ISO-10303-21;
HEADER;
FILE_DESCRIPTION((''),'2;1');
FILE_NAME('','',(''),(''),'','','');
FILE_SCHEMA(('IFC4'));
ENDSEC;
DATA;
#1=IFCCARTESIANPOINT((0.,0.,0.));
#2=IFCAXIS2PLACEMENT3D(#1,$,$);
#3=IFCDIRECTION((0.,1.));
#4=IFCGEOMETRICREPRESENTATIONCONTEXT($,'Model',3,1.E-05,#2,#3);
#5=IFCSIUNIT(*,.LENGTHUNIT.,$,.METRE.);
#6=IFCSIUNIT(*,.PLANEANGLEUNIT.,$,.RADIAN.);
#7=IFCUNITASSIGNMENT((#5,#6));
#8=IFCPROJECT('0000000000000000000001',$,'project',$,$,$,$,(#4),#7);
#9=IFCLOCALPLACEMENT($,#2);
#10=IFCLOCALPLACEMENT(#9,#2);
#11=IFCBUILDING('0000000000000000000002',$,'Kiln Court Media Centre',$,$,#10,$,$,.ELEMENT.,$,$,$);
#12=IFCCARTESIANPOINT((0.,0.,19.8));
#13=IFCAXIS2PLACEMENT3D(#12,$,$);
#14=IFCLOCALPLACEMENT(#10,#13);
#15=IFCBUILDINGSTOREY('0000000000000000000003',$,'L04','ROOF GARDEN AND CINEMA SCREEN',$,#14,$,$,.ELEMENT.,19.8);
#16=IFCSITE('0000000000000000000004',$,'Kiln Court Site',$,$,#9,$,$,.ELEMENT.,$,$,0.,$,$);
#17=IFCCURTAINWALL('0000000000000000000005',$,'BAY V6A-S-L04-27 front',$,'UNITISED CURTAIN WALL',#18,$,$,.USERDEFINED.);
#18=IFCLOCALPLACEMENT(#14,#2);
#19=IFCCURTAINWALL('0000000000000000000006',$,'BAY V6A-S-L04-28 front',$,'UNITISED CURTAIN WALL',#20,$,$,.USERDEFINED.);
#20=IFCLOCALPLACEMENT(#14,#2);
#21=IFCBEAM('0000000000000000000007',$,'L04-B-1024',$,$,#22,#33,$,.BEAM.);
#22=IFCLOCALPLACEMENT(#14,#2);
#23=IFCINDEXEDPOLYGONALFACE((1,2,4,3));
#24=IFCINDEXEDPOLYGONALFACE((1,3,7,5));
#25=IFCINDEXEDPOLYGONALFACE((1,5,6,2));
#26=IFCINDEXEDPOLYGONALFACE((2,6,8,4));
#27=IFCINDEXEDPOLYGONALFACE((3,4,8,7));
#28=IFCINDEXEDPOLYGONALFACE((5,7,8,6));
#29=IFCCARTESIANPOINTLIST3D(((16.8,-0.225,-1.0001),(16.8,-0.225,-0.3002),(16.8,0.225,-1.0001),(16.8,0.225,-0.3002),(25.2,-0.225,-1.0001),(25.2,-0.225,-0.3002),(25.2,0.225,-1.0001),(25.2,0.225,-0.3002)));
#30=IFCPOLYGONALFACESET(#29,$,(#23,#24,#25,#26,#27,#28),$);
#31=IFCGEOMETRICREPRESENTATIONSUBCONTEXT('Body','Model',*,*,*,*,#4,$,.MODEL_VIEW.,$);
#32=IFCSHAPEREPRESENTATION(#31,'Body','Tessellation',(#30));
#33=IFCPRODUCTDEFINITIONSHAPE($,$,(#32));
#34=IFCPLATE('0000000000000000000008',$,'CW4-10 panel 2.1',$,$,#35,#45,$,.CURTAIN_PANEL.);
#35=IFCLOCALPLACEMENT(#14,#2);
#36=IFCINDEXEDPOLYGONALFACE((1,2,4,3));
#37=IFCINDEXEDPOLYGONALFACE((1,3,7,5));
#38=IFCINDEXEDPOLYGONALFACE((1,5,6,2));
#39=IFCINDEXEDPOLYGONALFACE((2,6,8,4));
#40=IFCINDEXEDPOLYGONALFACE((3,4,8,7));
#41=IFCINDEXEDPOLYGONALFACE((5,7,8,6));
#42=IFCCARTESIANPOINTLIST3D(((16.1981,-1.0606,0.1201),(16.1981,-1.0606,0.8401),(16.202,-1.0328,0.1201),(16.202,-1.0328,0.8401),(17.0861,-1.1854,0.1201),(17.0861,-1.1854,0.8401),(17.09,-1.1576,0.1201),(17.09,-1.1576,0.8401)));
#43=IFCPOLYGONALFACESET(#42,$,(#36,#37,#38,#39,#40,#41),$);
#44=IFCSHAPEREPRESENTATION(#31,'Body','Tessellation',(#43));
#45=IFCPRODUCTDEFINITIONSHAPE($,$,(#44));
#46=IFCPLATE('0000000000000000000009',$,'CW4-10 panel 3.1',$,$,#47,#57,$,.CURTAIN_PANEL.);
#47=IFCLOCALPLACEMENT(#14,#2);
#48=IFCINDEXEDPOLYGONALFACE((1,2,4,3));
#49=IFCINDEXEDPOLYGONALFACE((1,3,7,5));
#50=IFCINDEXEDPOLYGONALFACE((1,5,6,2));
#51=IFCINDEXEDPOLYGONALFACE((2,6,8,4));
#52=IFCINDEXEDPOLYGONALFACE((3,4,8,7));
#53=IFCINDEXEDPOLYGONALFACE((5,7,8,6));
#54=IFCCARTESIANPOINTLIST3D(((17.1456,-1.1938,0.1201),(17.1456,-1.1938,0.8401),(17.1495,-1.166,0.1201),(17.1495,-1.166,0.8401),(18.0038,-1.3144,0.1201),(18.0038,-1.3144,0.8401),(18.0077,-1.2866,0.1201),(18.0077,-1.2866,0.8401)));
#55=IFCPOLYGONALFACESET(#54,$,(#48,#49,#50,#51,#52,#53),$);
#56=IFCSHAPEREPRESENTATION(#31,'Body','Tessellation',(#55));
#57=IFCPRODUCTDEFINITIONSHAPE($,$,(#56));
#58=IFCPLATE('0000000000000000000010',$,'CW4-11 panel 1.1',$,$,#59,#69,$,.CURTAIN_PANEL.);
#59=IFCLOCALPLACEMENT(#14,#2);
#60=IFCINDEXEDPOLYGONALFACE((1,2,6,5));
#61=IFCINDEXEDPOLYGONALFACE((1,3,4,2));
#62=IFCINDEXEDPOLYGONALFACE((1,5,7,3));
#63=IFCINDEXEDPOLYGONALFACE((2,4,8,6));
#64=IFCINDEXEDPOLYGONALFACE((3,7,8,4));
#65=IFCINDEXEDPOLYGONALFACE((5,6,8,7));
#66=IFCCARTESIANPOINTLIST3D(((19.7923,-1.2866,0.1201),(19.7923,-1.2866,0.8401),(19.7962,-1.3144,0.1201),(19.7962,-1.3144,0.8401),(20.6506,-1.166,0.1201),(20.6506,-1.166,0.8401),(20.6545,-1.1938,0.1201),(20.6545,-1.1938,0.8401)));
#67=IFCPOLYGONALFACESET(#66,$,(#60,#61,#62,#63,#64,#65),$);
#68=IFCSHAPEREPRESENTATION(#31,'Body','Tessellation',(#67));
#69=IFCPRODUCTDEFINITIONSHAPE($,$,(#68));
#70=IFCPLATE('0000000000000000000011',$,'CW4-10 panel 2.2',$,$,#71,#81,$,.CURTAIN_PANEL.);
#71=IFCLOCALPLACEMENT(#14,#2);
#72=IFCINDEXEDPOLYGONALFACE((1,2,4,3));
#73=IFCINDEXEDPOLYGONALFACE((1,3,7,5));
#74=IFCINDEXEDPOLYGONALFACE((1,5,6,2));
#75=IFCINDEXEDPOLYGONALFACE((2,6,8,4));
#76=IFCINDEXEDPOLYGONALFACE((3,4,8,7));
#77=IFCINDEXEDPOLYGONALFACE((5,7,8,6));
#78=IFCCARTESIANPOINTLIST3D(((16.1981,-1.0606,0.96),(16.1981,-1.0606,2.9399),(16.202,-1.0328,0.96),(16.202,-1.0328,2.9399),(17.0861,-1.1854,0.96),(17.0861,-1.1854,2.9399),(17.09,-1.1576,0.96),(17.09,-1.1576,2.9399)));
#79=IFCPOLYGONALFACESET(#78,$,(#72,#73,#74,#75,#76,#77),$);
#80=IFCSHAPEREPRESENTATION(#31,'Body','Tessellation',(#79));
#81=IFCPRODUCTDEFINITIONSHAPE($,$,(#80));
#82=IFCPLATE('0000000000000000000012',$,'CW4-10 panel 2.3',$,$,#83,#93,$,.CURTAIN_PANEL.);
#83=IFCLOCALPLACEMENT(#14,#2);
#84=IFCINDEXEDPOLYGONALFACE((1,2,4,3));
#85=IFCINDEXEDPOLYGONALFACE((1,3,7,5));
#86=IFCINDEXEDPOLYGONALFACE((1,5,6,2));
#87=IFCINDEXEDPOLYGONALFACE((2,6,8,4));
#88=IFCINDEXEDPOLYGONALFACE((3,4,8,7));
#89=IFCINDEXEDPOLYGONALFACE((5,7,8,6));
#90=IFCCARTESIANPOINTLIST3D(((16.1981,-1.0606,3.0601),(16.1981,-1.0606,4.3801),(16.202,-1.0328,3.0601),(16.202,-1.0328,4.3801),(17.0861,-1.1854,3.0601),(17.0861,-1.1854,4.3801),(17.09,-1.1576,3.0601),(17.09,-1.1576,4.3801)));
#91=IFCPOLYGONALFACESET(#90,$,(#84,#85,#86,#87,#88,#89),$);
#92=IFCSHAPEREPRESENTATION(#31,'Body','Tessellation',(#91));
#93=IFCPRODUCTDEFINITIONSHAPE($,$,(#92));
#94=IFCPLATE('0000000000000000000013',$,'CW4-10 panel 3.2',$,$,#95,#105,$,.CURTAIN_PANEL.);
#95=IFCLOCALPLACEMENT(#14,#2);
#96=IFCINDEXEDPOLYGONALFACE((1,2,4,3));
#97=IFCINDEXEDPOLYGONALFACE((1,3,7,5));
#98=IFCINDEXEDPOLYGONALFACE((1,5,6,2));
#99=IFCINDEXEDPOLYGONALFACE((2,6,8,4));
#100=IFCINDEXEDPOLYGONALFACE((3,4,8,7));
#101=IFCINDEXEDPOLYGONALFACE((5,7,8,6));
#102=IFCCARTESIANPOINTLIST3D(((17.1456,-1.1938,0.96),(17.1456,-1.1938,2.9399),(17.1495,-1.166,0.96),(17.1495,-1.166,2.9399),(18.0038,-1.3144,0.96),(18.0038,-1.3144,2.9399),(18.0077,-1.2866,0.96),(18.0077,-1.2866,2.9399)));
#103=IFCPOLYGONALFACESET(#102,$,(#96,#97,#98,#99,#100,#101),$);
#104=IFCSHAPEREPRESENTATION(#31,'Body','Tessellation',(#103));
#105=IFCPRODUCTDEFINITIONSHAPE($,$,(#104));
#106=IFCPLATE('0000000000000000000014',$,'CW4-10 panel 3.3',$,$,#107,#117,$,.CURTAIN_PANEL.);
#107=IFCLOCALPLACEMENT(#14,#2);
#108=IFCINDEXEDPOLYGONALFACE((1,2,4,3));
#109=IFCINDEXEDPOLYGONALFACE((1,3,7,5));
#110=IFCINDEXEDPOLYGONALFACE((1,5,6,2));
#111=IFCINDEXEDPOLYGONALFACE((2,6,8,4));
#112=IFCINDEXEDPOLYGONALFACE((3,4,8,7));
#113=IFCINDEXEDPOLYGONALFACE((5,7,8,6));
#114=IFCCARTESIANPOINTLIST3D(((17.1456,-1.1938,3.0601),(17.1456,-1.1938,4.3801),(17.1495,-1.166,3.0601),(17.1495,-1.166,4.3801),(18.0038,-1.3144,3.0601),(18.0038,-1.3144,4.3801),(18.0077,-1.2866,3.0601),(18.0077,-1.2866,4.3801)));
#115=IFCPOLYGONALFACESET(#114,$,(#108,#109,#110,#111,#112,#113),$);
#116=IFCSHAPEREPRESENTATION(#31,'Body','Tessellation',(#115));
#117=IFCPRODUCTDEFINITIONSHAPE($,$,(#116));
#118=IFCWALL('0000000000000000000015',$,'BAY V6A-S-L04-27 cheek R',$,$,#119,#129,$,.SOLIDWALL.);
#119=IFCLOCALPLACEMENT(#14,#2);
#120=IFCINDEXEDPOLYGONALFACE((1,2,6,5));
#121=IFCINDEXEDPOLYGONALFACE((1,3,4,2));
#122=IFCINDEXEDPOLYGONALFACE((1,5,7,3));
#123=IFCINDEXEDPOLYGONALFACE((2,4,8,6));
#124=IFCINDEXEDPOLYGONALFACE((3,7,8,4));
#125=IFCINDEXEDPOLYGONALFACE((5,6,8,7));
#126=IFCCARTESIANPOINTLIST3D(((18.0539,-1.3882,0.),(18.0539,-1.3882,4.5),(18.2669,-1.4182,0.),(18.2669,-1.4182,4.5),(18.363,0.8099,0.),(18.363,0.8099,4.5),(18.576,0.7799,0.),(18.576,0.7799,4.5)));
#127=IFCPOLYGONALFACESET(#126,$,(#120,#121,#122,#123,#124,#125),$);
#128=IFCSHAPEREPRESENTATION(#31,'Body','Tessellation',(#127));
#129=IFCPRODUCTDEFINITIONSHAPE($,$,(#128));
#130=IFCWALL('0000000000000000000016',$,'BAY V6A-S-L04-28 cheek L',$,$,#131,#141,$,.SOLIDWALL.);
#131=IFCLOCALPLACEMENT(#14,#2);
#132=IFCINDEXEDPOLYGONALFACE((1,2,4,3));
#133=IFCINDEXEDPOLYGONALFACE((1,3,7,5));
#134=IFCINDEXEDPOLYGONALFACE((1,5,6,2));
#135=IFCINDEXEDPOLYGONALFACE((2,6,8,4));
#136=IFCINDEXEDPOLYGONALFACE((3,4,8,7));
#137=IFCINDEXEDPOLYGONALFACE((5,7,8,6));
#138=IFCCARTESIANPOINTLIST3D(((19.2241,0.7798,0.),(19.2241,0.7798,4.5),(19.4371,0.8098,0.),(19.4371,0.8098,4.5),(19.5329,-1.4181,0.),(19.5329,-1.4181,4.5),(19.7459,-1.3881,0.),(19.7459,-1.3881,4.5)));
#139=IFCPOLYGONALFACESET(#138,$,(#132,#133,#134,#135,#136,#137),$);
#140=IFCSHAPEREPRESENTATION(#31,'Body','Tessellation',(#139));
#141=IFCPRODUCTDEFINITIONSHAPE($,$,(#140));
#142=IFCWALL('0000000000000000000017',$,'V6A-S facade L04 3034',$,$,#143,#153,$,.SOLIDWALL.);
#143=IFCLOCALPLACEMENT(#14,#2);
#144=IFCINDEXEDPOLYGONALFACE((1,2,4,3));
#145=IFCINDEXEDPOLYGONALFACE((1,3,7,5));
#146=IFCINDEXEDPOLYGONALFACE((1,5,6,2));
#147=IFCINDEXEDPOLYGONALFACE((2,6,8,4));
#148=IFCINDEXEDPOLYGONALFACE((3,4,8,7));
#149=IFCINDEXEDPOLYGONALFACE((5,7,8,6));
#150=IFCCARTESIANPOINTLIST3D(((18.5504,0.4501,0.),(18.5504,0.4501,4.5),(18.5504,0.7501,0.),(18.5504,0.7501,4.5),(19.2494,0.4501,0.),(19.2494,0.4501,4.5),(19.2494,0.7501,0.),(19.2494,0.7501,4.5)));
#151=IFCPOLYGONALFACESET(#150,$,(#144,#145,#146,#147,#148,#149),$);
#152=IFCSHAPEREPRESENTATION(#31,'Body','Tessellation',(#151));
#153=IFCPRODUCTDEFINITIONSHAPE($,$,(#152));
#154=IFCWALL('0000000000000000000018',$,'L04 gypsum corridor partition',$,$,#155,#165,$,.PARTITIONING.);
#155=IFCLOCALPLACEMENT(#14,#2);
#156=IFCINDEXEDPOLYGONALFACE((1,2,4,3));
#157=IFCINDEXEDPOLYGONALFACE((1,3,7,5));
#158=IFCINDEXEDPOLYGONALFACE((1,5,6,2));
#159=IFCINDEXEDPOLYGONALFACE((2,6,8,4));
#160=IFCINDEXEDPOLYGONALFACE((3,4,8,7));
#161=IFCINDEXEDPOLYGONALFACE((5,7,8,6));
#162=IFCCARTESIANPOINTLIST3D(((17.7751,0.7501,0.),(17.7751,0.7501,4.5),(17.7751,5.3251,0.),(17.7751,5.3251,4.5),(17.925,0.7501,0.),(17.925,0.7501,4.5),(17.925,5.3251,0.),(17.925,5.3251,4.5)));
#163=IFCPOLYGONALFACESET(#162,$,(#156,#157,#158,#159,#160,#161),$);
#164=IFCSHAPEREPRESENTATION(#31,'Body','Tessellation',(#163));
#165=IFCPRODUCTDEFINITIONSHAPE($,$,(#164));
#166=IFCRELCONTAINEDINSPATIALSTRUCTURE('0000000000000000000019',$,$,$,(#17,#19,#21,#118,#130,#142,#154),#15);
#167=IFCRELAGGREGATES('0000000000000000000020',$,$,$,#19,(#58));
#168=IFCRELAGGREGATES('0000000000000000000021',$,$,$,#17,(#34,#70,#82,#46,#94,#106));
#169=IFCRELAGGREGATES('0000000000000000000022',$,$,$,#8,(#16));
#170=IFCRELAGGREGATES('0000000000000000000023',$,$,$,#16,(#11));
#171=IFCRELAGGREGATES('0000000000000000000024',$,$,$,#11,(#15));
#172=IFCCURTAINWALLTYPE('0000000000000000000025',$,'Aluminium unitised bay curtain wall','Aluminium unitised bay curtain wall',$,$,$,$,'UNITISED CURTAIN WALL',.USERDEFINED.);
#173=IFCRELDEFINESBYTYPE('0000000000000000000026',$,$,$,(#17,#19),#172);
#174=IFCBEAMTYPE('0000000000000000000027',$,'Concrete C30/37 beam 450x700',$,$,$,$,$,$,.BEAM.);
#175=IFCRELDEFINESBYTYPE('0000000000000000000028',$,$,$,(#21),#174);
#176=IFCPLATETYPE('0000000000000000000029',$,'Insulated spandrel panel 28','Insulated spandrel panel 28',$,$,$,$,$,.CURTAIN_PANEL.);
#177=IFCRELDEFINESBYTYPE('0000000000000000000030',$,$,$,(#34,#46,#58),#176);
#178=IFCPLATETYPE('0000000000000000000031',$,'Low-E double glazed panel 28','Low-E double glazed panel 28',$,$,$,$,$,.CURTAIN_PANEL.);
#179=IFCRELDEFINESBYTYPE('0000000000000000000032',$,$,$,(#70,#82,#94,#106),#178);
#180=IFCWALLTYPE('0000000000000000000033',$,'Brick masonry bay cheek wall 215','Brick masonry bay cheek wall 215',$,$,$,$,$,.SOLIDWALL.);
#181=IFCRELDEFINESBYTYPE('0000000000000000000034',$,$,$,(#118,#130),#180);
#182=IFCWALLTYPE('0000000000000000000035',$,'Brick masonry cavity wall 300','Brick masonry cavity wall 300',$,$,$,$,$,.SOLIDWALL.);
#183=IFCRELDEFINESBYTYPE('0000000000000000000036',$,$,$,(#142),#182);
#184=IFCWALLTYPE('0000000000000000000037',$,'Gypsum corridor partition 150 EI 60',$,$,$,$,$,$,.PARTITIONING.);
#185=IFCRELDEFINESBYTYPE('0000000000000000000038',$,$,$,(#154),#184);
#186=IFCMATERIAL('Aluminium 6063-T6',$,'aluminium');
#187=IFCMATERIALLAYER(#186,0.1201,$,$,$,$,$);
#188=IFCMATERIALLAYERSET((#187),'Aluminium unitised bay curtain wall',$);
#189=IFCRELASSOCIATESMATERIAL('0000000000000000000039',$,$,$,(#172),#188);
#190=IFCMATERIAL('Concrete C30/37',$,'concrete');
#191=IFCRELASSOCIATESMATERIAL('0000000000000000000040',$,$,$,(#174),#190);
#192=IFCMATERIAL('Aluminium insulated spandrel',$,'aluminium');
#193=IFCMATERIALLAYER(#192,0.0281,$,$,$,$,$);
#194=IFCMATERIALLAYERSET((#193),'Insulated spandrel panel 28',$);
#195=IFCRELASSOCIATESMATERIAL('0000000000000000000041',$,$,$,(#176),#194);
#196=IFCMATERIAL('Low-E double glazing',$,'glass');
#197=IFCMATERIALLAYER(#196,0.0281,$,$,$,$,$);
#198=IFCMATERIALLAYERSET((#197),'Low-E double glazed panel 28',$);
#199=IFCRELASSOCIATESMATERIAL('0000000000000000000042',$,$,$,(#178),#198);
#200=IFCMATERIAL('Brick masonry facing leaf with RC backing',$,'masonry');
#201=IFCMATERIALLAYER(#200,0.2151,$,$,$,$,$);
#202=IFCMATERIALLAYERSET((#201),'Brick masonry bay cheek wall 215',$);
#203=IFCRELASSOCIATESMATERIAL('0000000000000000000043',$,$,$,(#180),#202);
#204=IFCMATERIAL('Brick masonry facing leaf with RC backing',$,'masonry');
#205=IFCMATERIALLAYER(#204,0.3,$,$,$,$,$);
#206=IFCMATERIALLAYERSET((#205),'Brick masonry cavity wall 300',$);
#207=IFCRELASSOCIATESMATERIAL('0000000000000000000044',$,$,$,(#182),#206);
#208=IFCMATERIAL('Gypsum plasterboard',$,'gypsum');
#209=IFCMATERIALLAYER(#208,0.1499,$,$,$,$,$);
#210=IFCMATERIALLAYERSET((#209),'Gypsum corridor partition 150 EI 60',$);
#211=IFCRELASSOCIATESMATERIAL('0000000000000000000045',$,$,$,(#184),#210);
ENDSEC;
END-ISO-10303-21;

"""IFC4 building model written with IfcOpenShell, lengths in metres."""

from ifc_helpers import new_model, si_unit, direction, frame, frame_2d, origin, origin_2d, place, context, subcontext, project, spatial, rectangle, extrude, material, layer, layer_set, material_profile, profile_set, type_object, element, aggregate, save


model = new_model("IFC4")

# Units and contexts
model_context = context("Model", 3, precision=1e-05, world=origin(), true_north=direction((0.0, 1.0)))
body_context = subcontext(model_context, "Body", "Model", "MODEL_VIEW")
ifc_project = project(units=[si_unit("LENGTHUNIT", "METRE"), si_unit("PLANEANGLEUNIT", "RADIAN")], contexts=[model_context])

# Site, building, storey
site_placement = place(None, origin())
site = spatial("IfcSite", under=ifc_project, at=site_placement, Name="Kiln Court Site", CompositionType="ELEMENT", RefElevation=0.0)
building_placement = place(site_placement, origin())
building = spatial("IfcBuilding", under=site, at=building_placement, Name="Kiln Court Media Centre", CompositionType="ELEMENT")
storey_placement = place(building_placement, frame((0.0, 0.0, 19.8)))
storey = spatial("IfcBuildingStorey", under=building, at=storey_placement, Name="L04", Description="ROOF GARDEN AND CINEMA SCREEN", CompositionType="ELEMENT", Elevation=19.8)

# Curtain wall
ifc_material_1 = material(Name="Aluminium 6063-T6", Category="aluminium")
ifc_layer_1 = layer(ifc_material_1, 0.1201)
ifc_layer_set_1 = layer_set([ifc_layer_1], Name="Aluminium unitised bay curtain wall")
curtain_wall_type = type_object("IfcCurtainWallType", Name="Aluminium unitised bay curtain wall", Description="Aluminium unitised bay curtain wall", ElementType="UNITISED CURTAIN WALL", PredefinedType="USERDEFINED", material=ifc_layer_set_1)
curtain_wall_1_placement = place(storey_placement, origin())
curtain_wall_1 = element("IfcCurtainWall", 1, at=curtain_wall_1_placement, inside=storey, type_object=curtain_wall_type, Name="BAY V6A-S-L04-27 front", ObjectType="UNITISED CURTAIN WALL", PredefinedType="USERDEFINED")

# Curtain wall
curtain_wall_2_placement = place(storey_placement, origin())
curtain_wall_2 = element("IfcCurtainWall", 2, at=curtain_wall_2_placement, inside=storey, type_object=curtain_wall_type, Name="BAY V6A-S-L04-28 front", ObjectType="UNITISED CURTAIN WALL", PredefinedType="USERDEFINED")

# Beam
ifc_material_2 = material(Name="Concrete C30/37", Category="concrete")
ifc_material_profile_1 = material_profile(ifc_material_2, rectangle(XDim=0.45, YDim=0.7, at=origin_2d()), Name="RC 450x700")
ifc_profile_set_1 = profile_set([ifc_material_profile_1], Name="Concrete C30/37")
beam_type = type_object("IfcBeamType", Name="Concrete C30/37 beam 450x700", PredefinedType="BEAM", material=ifc_profile_set_1)
for number, where, z_axis, x_axis, name in (
    (3, (16.8, 0.0, -0.6501), (1.0, 0.0, 0.0), (0.0, 1.0, 0.0), "L04-B-1024"),
):
    element("IfcBeam", number, at=place(storey_placement, frame(where, z_axis=z_axis, x_axis=x_axis)), inside=storey, type_object=beam_type, Name=name, PredefinedType="BEAM", context=body_context, shape_type="SweptSolid", body=[
        extrude(rectangle(XDim=0.45, YDim=0.7, at=origin_2d()), origin(), (0.0, 0.0, 1.0), 8.3999),
    ])

# Plates
ifc_material_3 = material(Name="Aluminium insulated spandrel", Category="aluminium")
ifc_layer_2 = layer(ifc_material_3, 0.0281)
ifc_layer_set_2 = layer_set([ifc_layer_2], Name="Insulated spandrel panel 28")
plate_type_1 = type_object("IfcPlateType", Name="Insulated spandrel panel 28", Description="Insulated spandrel panel 28", PredefinedType="CURTAIN_PANEL", material=ifc_layer_set_2)
plate_1_placement = place(storey_placement, frame((16.644, -1.1091, 0.1201), z_axis=(0.0, 0.0, 1.0), x_axis=(0.99027, -0.139162, 0.0)))
plate_1 = element("IfcPlate", 4, at=plate_1_placement, type_object=plate_type_1, Name="CW4-10 panel 2.1", PredefinedType="CURTAIN_PANEL", context=body_context, shape_type="SweptSolid", body=[
    extrude(rectangle(XDim=0.8967, YDim=0.0281, at=origin_2d()), origin(), (0.0, 0.0, 1.0), 0.72),
])
plate_2_placement = place(storey_placement, frame((17.5767, -1.2402, 0.1201), z_axis=(0.0, 0.0, 1.0), x_axis=(0.99027, -0.139162, 0.0)))
plate_2 = element("IfcPlate", 5, at=plate_2_placement, type_object=plate_type_1, Name="CW4-10 panel 3.1", PredefinedType="CURTAIN_PANEL", context=body_context, shape_type="SweptSolid", body=[
    extrude(rectangle(XDim=0.8667, YDim=0.0281, at=origin_2d()), origin(), (0.0, 0.0, 1.0), 0.72),
])
plate_3_placement = place(storey_placement, frame((20.2234, -1.2402, 0.1201), z_axis=(0.0, 0.0, 1.0), x_axis=(0.99027, 0.139162, 0.0)))
plate_3 = element("IfcPlate", 6, at=plate_3_placement, type_object=plate_type_1, Name="CW4-11 panel 1.1", PredefinedType="CURTAIN_PANEL", context=body_context, shape_type="SweptSolid", body=[
    extrude(rectangle(XDim=0.8667, YDim=0.0281, at=origin_2d()), origin(), (0.0, 0.0, 1.0), 0.72),
])
aggregate(curtain_wall_2, [plate_3])
ifc_material_4 = material(Name="Low-E double glazing", Category="glass")
ifc_layer_3 = layer(ifc_material_4, 0.0281)
ifc_layer_set_3 = layer_set([ifc_layer_3], Name="Low-E double glazed panel 28")
plate_type_2 = type_object("IfcPlateType", Name="Low-E double glazed panel 28", Description="Low-E double glazed panel 28", PredefinedType="CURTAIN_PANEL", material=ifc_layer_set_3)
plate_4_placement = place(storey_placement, frame((16.644, -1.1091, 0.96), z_axis=(0.0, 0.0, 1.0), x_axis=(0.99027, -0.139162, 0.0)))
plate_4 = element("IfcPlate", 7, at=plate_4_placement, type_object=plate_type_2, Name="CW4-10 panel 2.2", PredefinedType="CURTAIN_PANEL", context=body_context, shape_type="SweptSolid", body=[
    extrude(rectangle(XDim=0.8967, YDim=0.0281, at=origin_2d()), origin(), (0.0, 0.0, 1.0), 1.98),
])
plate_5_placement = place(storey_placement, frame((16.644, -1.1091, 3.0601), z_axis=(0.0, 0.0, 1.0), x_axis=(0.99027, -0.139162, 0.0)))
plate_5 = element("IfcPlate", 8, at=plate_5_placement, type_object=plate_type_2, Name="CW4-10 panel 2.3", PredefinedType="CURTAIN_PANEL", context=body_context, shape_type="SweptSolid", body=[
    extrude(rectangle(XDim=0.8967, YDim=0.0281, at=origin_2d()), origin(), (0.0, 0.0, 1.0), 1.3201),
])
plate_6_placement = place(storey_placement, frame((17.5767, -1.2402, 0.96), z_axis=(0.0, 0.0, 1.0), x_axis=(0.99027, -0.139162, 0.0)))
plate_6 = element("IfcPlate", 9, at=plate_6_placement, type_object=plate_type_2, Name="CW4-10 panel 3.2", PredefinedType="CURTAIN_PANEL", context=body_context, shape_type="SweptSolid", body=[
    extrude(rectangle(XDim=0.8667, YDim=0.0281, at=origin_2d()), origin(), (0.0, 0.0, 1.0), 1.98),
])
plate_7_placement = place(storey_placement, frame((17.5767, -1.2402, 3.0601), z_axis=(0.0, 0.0, 1.0), x_axis=(0.99027, -0.139162, 0.0)))
plate_7 = element("IfcPlate", 10, at=plate_7_placement, type_object=plate_type_2, Name="CW4-10 panel 3.3", PredefinedType="CURTAIN_PANEL", context=body_context, shape_type="SweptSolid", body=[
    extrude(rectangle(XDim=0.8667, YDim=0.0281, at=origin_2d()), origin(), (0.0, 0.0, 1.0), 1.3201),
])
aggregate(curtain_wall_1, [plate_1, plate_4, plate_5, plate_2, plate_6, plate_7])

# Walls
ifc_material_5 = material(Name="Brick masonry facing leaf with RC backing", Category="masonry")
ifc_layer_4 = layer(ifc_material_5, 0.2151)
ifc_layer_set_4 = layer_set([ifc_layer_4], Name="Brick masonry bay cheek wall 215")
wall_type_1 = type_object("IfcWallType", Name="Brick masonry bay cheek wall 215", Description="Brick masonry bay cheek wall 215", PredefinedType="SOLIDWALL", material=ifc_layer_set_4)
wall_1_placement = place(storey_placement, frame((18.4695, 0.7949, 0.0), z_axis=(0.0, 0.0, 1.0), x_axis=(-0.13925, -0.990257, 0.0)))
element("IfcWall", 11, at=wall_1_placement, inside=storey, type_object=wall_type_1, Name="BAY V6A-S-L04-27 cheek R", PredefinedType="SOLIDWALL", context=body_context, shape_type="SweptSolid", body=[
    extrude(rectangle(XDim=2.2197, YDim=0.2151, at=frame_2d((1.1099, 0.0))), origin(), (0.0, 0.0, 1.0), 4.5),
])
wall_2_placement = place(storey_placement, frame((19.3306, 0.7949, 0.0), z_axis=(0.0, 0.0, 1.0), x_axis=(0.139142, -0.990272, 0.0)))
element("IfcWall", 12, at=wall_2_placement, inside=storey, type_object=wall_type_1, Name="BAY V6A-S-L04-28 cheek L", PredefinedType="SOLIDWALL", context=body_context, shape_type="SweptSolid", body=[
    extrude(rectangle(XDim=2.2195, YDim=0.2151, at=frame_2d((1.1099, 0.0))), origin(), (0.0, 0.0, 1.0), 4.5),
])
ifc_material_6 = material(Name="Brick masonry facing leaf with RC backing", Category="masonry")
ifc_layer_5 = layer(ifc_material_6, 0.3)
ifc_layer_set_5 = layer_set([ifc_layer_5], Name="Brick masonry cavity wall 300")
wall_type_2 = type_object("IfcWallType", Name="Brick masonry cavity wall 300", Description="Brick masonry cavity wall 300", PredefinedType="SOLIDWALL", material=ifc_layer_set_5)
wall_3_placement = place(storey_placement, frame((19.2495, 0.6001, 0.0), z_axis=(0.0, 0.0, 1.0), x_axis=(-1.0, 0.0, 0.0)))
element("IfcWall", 13, at=wall_3_placement, inside=storey, type_object=wall_type_2, Name="V6A-S facade L04 3034", PredefinedType="SOLIDWALL", context=body_context, shape_type="SweptSolid", body=[
    extrude(rectangle(XDim=0.699, YDim=0.3, at=frame_2d((0.3496, 0.0))), origin(), (0.0, 0.0, 1.0), 4.5),
])
ifc_material_7 = material(Name="Gypsum plasterboard", Category="gypsum")
ifc_layer_6 = layer(ifc_material_7, 0.1499)
ifc_layer_set_6 = layer_set([ifc_layer_6], Name="Gypsum corridor partition 150 EI 60")
wall_type_3 = type_object("IfcWallType", Name="Gypsum corridor partition 150 EI 60", PredefinedType="PARTITIONING", material=ifc_layer_set_6)
wall_4_placement = place(storey_placement, frame((17.8501, 0.75, 0.0), z_axis=(0.0, 0.0, 1.0), x_axis=(0.0, 1.0, 0.0)))
element("IfcWall", 14, at=wall_4_placement, inside=storey, type_object=wall_type_3, Name="L04 gypsum corridor partition", PredefinedType="PARTITIONING", context=body_context, shape_type="SweptSolid", body=[
    extrude(rectangle(XDim=4.575, YDim=0.1499, at=frame_2d((2.2876, 0.0))), origin(), (0.0, 0.0, 1.0), 4.5),
])

save(model, "model.ifc")
